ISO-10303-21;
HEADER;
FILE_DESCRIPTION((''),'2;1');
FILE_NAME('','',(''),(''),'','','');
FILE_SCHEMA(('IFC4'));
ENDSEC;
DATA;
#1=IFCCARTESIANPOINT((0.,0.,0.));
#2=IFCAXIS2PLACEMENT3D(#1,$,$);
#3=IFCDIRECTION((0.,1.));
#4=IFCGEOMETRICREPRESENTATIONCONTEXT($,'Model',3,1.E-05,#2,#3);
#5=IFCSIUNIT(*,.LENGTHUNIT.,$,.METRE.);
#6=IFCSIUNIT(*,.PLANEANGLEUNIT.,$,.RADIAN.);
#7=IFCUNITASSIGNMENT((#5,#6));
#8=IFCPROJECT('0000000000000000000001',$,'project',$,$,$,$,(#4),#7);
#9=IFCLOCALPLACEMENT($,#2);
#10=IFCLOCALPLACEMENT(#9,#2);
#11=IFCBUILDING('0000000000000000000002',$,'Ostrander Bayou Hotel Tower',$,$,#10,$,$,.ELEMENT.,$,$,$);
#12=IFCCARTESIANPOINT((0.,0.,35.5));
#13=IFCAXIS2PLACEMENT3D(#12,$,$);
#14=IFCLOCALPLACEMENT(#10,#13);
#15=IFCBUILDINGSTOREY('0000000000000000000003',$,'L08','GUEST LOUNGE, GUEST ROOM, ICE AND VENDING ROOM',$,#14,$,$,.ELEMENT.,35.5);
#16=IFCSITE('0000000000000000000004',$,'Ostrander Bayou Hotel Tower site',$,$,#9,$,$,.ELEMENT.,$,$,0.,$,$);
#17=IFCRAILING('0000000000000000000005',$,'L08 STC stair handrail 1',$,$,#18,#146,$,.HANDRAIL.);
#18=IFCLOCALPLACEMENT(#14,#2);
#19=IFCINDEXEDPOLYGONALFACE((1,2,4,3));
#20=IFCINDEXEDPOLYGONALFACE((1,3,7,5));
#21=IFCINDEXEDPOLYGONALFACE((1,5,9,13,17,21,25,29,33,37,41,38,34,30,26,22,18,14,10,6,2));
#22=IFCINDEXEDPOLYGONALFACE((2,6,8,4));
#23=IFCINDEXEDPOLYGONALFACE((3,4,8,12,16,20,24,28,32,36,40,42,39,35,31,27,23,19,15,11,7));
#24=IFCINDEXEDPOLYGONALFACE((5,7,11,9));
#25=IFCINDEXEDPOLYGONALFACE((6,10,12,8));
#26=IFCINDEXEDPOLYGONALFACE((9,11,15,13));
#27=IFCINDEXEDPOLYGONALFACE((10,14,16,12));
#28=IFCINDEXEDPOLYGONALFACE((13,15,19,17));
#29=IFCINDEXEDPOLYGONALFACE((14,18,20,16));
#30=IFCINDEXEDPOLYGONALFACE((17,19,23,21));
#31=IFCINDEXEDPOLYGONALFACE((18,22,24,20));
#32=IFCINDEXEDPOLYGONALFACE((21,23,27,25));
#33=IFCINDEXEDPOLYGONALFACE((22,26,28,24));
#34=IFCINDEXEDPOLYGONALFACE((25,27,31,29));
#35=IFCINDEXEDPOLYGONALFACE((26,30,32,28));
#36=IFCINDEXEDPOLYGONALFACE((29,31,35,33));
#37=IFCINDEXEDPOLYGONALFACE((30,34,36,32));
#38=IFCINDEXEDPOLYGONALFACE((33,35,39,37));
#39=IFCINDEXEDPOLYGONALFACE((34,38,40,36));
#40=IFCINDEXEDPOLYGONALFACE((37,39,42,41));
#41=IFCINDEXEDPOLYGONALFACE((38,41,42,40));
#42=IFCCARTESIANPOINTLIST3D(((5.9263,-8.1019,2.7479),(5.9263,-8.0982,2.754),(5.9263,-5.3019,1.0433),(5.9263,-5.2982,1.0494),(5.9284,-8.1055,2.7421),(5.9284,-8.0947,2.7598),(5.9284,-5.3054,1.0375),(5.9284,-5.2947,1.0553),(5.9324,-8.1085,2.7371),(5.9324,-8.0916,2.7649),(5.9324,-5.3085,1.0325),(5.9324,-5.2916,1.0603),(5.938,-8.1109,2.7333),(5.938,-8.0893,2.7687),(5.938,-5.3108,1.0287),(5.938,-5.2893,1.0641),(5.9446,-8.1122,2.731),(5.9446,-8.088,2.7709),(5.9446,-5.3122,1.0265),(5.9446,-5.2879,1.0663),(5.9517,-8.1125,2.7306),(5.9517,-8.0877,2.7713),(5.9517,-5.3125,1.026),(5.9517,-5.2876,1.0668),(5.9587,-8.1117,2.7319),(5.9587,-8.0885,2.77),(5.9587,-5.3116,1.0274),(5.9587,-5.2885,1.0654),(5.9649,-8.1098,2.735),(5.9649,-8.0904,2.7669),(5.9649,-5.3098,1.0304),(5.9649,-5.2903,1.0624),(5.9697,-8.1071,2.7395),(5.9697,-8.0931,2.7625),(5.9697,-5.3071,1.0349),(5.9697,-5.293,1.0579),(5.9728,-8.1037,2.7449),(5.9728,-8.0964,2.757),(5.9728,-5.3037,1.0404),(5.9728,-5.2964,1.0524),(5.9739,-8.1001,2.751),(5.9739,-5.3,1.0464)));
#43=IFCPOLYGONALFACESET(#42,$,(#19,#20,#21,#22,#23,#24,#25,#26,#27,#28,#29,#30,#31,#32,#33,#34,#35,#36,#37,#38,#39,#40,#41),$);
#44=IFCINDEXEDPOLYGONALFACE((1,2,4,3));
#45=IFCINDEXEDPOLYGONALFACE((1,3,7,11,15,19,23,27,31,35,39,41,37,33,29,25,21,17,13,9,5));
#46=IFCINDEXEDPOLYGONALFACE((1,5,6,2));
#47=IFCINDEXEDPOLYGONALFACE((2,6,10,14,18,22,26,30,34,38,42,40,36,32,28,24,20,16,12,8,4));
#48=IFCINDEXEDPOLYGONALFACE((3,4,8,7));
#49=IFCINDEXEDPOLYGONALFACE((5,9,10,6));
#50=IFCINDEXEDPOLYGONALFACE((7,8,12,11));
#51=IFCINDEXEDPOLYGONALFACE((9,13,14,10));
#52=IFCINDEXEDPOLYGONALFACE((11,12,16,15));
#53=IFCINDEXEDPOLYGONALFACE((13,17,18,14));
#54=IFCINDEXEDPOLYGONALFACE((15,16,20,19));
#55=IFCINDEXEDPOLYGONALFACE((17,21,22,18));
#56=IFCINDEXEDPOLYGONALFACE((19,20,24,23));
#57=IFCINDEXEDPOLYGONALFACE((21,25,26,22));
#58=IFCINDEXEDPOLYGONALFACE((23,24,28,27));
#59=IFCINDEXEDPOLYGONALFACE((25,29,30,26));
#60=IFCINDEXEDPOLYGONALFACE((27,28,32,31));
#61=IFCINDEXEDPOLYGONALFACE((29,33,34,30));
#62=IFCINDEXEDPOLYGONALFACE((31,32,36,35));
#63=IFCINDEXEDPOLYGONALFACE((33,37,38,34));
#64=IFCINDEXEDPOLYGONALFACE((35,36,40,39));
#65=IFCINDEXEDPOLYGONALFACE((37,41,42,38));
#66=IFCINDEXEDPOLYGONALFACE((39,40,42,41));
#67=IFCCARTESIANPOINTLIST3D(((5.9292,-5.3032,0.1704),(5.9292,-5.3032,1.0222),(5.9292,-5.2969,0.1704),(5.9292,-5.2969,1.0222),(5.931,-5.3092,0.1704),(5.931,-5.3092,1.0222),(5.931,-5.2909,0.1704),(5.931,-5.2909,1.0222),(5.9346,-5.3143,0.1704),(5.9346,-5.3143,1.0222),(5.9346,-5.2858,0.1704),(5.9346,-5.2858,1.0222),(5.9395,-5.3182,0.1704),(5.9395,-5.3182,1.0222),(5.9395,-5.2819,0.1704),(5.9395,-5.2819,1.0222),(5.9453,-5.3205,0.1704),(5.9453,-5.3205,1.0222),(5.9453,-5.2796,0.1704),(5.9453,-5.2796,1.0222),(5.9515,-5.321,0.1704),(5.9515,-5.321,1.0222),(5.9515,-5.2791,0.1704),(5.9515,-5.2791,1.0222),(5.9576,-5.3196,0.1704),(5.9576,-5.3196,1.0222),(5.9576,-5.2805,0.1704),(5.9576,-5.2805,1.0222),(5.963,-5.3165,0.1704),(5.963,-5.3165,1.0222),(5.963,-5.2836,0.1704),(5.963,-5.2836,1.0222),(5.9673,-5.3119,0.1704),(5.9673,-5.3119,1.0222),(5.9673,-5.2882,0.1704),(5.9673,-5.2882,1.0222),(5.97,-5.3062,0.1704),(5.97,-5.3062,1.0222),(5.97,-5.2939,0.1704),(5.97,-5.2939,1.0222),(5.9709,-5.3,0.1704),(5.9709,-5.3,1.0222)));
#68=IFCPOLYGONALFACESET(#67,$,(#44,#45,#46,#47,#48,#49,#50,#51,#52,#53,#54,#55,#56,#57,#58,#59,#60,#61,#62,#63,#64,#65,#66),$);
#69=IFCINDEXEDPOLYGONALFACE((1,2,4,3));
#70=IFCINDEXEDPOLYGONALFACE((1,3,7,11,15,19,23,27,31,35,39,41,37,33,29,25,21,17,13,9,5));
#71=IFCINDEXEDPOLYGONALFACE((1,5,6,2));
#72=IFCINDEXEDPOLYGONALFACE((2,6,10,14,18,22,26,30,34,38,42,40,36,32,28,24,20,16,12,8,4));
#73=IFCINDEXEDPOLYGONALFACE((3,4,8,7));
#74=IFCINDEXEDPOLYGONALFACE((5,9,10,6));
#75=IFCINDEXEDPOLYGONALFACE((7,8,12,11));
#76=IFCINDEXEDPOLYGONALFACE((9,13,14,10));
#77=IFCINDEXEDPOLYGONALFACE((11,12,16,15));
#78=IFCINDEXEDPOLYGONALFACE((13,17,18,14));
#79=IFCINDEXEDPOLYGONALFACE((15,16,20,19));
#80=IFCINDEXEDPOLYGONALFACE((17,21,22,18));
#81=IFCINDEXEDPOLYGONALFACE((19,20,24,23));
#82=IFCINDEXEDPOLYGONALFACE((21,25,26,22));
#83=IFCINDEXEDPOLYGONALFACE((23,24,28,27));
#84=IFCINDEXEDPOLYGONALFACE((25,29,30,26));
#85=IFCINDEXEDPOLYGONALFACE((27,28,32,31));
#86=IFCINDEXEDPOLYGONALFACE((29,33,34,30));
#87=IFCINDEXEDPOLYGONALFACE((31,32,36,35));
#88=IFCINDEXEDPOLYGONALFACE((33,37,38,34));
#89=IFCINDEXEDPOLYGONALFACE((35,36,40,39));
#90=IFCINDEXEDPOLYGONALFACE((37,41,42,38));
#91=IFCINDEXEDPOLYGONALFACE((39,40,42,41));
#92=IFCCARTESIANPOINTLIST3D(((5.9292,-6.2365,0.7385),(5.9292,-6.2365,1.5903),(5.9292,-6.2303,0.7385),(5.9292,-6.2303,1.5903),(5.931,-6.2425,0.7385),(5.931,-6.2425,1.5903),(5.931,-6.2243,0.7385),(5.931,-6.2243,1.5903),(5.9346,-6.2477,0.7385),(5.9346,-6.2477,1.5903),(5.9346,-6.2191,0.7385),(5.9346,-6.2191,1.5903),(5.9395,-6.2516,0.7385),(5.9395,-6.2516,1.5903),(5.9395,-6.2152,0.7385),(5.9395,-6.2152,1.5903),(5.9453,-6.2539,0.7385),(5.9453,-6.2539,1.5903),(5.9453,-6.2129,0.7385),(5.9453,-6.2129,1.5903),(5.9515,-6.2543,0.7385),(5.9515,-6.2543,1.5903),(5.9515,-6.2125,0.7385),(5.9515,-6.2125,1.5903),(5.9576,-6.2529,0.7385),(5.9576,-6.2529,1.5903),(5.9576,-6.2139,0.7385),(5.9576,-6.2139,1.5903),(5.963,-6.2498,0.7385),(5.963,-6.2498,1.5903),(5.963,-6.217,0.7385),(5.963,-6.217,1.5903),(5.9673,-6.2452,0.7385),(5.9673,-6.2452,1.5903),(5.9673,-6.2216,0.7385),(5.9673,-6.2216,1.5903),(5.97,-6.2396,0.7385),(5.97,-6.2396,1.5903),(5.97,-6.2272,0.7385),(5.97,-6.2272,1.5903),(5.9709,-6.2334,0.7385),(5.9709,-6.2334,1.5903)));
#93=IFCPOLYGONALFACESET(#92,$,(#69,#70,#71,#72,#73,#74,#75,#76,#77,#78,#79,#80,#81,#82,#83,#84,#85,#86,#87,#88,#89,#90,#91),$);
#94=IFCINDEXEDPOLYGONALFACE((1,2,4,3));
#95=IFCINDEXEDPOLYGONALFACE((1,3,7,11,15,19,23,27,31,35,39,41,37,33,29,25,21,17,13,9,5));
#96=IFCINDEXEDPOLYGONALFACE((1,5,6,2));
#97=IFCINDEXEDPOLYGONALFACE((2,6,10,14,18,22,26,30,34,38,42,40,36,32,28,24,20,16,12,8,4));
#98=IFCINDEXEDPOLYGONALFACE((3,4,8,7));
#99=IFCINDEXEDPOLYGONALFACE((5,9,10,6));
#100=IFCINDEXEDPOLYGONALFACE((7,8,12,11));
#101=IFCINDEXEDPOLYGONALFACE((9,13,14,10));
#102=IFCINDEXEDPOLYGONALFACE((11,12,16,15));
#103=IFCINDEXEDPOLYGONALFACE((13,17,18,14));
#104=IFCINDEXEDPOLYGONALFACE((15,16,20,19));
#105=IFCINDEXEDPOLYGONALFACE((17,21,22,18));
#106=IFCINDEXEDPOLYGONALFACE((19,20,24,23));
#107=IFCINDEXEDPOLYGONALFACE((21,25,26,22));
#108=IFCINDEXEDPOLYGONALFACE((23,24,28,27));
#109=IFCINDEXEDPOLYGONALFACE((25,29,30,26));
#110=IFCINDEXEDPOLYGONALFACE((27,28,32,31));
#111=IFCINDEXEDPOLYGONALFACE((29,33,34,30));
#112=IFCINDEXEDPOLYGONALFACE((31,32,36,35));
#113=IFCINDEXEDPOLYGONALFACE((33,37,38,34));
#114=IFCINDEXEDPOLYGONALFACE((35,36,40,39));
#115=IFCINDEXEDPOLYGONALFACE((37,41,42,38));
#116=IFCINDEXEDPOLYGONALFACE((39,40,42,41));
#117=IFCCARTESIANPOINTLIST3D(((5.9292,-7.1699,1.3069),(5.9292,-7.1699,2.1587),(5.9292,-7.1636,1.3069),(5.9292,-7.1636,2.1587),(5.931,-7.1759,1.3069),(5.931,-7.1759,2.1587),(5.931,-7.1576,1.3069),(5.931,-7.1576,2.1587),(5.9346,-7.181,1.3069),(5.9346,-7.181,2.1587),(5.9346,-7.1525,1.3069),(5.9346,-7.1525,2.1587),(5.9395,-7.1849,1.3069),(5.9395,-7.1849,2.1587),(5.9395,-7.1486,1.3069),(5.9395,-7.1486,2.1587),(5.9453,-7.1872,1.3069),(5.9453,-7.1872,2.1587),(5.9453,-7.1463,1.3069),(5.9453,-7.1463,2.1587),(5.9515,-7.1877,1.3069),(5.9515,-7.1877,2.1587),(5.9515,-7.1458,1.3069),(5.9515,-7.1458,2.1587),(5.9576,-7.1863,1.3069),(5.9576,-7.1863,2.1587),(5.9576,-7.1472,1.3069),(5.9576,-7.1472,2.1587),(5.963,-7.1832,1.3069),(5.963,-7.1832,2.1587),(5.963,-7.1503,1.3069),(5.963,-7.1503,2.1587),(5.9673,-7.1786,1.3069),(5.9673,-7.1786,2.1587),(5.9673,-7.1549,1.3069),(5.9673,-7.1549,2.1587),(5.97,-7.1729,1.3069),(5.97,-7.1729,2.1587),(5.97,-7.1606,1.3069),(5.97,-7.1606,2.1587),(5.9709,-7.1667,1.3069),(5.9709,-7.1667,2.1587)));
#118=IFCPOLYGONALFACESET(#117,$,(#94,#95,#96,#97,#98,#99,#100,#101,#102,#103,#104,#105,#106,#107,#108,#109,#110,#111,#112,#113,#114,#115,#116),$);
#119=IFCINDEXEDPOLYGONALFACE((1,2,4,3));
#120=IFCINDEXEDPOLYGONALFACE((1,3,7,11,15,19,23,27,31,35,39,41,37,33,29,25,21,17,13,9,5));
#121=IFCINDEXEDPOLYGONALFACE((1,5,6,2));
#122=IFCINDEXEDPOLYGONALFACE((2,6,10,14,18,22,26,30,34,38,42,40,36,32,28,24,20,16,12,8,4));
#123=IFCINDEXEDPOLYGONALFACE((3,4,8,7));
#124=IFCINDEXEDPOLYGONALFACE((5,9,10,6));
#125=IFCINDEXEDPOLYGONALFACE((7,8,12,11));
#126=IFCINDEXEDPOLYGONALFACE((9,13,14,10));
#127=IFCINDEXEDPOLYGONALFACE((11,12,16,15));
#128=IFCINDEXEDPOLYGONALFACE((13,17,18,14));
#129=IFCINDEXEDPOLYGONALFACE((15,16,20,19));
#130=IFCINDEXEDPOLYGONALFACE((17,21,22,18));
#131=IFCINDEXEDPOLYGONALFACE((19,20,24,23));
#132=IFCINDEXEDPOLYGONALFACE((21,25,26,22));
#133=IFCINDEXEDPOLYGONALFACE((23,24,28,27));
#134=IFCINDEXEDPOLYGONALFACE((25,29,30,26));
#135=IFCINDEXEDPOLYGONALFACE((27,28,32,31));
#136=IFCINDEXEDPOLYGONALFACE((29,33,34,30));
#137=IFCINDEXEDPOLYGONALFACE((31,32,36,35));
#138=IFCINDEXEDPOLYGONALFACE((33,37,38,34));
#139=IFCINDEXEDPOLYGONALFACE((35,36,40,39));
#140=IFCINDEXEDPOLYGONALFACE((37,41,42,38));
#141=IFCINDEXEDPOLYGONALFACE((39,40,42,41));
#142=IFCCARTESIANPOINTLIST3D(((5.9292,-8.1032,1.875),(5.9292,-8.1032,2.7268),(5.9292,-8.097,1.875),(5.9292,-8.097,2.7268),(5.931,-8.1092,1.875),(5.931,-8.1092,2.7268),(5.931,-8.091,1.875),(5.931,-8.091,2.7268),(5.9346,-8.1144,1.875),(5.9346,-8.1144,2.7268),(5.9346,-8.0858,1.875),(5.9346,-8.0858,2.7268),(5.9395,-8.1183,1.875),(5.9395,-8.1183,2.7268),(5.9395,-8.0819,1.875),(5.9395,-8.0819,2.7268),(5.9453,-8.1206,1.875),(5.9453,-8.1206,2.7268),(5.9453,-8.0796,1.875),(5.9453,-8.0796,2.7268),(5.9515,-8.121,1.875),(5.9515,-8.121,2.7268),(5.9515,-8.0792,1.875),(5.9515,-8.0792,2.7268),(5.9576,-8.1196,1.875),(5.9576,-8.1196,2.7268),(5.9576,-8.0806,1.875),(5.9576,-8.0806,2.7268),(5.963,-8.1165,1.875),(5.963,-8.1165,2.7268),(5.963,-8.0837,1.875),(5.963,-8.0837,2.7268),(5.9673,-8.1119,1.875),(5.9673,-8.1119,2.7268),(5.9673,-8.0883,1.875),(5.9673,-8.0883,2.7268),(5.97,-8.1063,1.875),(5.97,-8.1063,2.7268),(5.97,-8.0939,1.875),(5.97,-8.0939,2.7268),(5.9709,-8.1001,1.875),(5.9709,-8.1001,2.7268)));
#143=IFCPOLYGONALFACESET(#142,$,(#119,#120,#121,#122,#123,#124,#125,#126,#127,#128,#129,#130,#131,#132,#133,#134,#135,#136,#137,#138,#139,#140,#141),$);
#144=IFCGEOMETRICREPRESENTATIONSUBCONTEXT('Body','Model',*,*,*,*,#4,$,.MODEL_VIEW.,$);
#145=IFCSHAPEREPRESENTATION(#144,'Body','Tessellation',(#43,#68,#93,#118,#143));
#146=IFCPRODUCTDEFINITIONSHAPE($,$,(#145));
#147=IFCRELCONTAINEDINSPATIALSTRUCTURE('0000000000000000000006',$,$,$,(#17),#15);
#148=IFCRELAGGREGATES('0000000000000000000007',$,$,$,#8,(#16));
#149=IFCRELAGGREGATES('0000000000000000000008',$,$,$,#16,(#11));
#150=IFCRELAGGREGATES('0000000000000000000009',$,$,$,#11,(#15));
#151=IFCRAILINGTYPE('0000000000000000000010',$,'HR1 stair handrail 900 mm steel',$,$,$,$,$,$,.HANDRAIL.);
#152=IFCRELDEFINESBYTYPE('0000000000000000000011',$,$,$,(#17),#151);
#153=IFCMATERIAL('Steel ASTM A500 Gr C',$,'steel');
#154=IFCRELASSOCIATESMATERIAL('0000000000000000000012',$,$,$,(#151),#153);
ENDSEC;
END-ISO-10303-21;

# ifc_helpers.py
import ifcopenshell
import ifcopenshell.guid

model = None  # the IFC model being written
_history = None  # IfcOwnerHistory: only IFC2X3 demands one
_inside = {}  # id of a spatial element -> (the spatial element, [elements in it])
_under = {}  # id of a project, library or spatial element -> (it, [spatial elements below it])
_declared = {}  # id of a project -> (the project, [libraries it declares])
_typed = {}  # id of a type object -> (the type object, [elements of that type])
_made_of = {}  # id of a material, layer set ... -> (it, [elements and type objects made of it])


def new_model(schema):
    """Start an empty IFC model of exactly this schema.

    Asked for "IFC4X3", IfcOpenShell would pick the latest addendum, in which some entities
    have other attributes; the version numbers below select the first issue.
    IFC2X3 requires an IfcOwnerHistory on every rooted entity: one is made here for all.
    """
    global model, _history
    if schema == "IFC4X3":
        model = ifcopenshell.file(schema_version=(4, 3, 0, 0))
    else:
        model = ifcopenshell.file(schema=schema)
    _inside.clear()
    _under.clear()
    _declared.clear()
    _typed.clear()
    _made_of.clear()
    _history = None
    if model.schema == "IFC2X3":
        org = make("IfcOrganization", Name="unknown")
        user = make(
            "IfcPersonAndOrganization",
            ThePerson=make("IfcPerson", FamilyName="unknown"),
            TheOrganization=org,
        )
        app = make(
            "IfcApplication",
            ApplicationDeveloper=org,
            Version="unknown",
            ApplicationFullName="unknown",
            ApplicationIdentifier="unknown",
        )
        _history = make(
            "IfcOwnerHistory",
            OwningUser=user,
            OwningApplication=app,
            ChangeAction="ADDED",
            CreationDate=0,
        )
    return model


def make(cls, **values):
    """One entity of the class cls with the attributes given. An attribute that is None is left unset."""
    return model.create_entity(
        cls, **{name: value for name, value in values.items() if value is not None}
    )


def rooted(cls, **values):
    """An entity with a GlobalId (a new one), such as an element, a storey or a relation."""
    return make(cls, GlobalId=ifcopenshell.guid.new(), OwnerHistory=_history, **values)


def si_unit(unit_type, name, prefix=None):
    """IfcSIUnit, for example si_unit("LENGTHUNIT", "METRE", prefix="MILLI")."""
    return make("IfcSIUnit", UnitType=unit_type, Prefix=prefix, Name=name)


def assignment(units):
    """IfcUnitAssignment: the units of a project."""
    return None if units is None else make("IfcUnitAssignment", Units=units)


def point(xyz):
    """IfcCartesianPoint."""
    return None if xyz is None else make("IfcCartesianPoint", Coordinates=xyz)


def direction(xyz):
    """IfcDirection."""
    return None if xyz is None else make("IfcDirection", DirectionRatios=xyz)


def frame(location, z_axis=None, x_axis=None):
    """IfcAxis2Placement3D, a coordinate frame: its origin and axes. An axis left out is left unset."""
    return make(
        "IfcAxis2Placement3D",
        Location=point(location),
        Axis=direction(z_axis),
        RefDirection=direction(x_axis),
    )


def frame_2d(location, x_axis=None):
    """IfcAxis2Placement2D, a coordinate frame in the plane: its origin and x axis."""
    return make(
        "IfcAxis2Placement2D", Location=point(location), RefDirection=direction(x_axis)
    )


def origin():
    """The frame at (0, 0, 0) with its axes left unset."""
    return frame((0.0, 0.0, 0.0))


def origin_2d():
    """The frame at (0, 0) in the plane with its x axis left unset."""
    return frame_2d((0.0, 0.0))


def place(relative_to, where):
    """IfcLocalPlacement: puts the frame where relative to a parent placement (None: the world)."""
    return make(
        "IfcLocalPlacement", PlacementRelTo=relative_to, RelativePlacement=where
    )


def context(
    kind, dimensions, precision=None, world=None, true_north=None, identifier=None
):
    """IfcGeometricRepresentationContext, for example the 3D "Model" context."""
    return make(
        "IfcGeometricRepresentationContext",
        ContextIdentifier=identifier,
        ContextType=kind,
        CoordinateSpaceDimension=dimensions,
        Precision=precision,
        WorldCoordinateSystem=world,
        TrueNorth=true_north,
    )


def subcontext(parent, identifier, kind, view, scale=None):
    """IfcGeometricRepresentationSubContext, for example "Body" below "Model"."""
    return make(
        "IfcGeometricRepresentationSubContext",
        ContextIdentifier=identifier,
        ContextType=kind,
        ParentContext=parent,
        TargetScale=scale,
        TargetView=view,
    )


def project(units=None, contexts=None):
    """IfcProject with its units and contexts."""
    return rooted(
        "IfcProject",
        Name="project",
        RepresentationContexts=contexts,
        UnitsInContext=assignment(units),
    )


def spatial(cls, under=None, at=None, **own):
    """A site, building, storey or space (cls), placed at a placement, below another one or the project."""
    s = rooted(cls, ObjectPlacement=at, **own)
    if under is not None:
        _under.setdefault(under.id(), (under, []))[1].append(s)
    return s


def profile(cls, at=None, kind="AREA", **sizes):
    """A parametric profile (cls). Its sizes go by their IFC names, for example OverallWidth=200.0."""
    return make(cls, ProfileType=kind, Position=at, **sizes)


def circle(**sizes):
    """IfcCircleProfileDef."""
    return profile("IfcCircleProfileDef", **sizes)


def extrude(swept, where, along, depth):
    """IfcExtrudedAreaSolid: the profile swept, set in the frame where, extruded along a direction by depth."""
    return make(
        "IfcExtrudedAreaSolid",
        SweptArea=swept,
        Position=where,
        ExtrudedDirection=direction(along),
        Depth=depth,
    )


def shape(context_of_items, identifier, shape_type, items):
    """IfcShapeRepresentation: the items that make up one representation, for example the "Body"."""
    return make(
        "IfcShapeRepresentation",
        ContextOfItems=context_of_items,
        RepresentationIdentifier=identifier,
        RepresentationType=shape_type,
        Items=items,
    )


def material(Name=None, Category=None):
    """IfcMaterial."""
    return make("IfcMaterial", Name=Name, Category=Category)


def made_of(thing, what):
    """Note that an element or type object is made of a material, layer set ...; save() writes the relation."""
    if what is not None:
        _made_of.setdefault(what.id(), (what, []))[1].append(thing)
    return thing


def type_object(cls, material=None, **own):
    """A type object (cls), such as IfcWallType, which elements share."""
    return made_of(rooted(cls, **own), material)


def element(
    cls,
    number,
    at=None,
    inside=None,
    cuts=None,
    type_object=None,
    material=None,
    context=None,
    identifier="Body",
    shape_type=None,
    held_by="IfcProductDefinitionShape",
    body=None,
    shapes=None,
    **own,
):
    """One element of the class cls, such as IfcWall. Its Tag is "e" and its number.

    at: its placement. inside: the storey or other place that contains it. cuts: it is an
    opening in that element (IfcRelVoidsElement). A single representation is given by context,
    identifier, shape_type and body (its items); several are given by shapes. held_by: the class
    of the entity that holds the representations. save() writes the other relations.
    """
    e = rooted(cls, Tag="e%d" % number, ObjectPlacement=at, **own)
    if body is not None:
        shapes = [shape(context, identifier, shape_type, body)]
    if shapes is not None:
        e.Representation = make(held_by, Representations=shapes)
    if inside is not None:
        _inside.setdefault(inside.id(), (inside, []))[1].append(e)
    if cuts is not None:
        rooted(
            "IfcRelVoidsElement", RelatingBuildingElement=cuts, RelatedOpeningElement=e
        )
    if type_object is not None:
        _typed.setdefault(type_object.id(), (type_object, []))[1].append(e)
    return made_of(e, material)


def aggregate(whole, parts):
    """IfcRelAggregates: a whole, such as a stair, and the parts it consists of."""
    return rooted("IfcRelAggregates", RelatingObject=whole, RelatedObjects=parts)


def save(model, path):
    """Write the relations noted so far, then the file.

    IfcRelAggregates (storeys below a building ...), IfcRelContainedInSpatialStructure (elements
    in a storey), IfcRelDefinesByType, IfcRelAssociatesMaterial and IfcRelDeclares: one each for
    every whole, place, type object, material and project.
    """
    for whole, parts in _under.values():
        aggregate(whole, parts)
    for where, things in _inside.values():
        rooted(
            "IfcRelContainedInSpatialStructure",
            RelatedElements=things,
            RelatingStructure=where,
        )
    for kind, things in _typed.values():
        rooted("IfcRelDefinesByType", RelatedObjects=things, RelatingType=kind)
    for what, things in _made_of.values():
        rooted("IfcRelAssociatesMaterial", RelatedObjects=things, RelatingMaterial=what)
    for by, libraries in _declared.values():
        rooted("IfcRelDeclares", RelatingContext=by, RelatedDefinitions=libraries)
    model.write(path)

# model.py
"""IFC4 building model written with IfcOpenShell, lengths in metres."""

from ifc_helpers import new_model, si_unit, direction, frame, origin, origin_2d, place, context, subcontext, project, spatial, circle, extrude, material, type_object, element, save


model = new_model("IFC4")

# Units and contexts
model_context = context("Model", 3, precision=1e-05, world=origin(), true_north=direction((0.0, 1.0)))
body_context = subcontext(model_context, "Body", "Model", "MODEL_VIEW")
ifc_project = project(units=[si_unit("LENGTHUNIT", "METRE"), si_unit("PLANEANGLEUNIT", "RADIAN")], contexts=[model_context])

# Site, building, storey
site_placement = place(None, origin())
site = spatial("IfcSite", under=ifc_project, at=site_placement, Name="Ostrander Bayou Hotel Tower site", CompositionType="ELEMENT", RefElevation=0.0)
building_placement = place(site_placement, origin())
building = spatial("IfcBuilding", under=site, at=building_placement, Name="Ostrander Bayou Hotel Tower", CompositionType="ELEMENT")
storey_placement = place(building_placement, frame((0.0, 0.0, 35.5)))
storey = spatial("IfcBuildingStorey", under=building, at=storey_placement, Name="L08", Description="GUEST LOUNGE, GUEST ROOM, ICE AND VENDING ROOM", CompositionType="ELEMENT", Elevation=35.5)

# Railing
ifc_material_1 = material(Name="Steel ASTM A500 Gr C", Category="steel")
railing_type_1 = type_object("IfcRailingType", Name="HR1 stair handrail 900 mm steel", PredefinedType="HANDRAIL", material=ifc_material_1)
railing_1_placement = place(storey_placement, frame((5.95, -5.3, 0.1704)))
element("IfcRailing", 1, at=railing_1_placement, inside=storey, type_object=railing_type_1, Name="L08 STC stair handrail 1", PredefinedType="HANDRAIL", context=body_context, shape_type="SweptSolid", body=[
    extrude(circle(Radius=0.0239, at=origin_2d()), frame((0.0, 0.0, 0.876), z_axis=(0.0, -0.85417, 0.519994), x_axis=(1.0, 0.0, 0.0)), (0.0, 0.0, 1.0), 3.2781),
    extrude(circle(Radius=0.021, at=origin_2d()), origin(), (0.0, 0.0, 1.0), 0.8518),
    extrude(circle(Radius=0.021, at=origin_2d()), frame((0.0, -0.9333, 0.5681)), (0.0, 0.0, 1.0), 0.8518),
    extrude(circle(Radius=0.021, at=origin_2d()), frame((0.0, -1.8667, 1.1365)), (0.0, 0.0, 1.0), 0.8518),
    extrude(circle(Radius=0.021, at=origin_2d()), frame((0.0, -2.8, 1.7046)), (0.0, 0.0, 1.0), 0.8518),
])

save(model, "model.ifc")
